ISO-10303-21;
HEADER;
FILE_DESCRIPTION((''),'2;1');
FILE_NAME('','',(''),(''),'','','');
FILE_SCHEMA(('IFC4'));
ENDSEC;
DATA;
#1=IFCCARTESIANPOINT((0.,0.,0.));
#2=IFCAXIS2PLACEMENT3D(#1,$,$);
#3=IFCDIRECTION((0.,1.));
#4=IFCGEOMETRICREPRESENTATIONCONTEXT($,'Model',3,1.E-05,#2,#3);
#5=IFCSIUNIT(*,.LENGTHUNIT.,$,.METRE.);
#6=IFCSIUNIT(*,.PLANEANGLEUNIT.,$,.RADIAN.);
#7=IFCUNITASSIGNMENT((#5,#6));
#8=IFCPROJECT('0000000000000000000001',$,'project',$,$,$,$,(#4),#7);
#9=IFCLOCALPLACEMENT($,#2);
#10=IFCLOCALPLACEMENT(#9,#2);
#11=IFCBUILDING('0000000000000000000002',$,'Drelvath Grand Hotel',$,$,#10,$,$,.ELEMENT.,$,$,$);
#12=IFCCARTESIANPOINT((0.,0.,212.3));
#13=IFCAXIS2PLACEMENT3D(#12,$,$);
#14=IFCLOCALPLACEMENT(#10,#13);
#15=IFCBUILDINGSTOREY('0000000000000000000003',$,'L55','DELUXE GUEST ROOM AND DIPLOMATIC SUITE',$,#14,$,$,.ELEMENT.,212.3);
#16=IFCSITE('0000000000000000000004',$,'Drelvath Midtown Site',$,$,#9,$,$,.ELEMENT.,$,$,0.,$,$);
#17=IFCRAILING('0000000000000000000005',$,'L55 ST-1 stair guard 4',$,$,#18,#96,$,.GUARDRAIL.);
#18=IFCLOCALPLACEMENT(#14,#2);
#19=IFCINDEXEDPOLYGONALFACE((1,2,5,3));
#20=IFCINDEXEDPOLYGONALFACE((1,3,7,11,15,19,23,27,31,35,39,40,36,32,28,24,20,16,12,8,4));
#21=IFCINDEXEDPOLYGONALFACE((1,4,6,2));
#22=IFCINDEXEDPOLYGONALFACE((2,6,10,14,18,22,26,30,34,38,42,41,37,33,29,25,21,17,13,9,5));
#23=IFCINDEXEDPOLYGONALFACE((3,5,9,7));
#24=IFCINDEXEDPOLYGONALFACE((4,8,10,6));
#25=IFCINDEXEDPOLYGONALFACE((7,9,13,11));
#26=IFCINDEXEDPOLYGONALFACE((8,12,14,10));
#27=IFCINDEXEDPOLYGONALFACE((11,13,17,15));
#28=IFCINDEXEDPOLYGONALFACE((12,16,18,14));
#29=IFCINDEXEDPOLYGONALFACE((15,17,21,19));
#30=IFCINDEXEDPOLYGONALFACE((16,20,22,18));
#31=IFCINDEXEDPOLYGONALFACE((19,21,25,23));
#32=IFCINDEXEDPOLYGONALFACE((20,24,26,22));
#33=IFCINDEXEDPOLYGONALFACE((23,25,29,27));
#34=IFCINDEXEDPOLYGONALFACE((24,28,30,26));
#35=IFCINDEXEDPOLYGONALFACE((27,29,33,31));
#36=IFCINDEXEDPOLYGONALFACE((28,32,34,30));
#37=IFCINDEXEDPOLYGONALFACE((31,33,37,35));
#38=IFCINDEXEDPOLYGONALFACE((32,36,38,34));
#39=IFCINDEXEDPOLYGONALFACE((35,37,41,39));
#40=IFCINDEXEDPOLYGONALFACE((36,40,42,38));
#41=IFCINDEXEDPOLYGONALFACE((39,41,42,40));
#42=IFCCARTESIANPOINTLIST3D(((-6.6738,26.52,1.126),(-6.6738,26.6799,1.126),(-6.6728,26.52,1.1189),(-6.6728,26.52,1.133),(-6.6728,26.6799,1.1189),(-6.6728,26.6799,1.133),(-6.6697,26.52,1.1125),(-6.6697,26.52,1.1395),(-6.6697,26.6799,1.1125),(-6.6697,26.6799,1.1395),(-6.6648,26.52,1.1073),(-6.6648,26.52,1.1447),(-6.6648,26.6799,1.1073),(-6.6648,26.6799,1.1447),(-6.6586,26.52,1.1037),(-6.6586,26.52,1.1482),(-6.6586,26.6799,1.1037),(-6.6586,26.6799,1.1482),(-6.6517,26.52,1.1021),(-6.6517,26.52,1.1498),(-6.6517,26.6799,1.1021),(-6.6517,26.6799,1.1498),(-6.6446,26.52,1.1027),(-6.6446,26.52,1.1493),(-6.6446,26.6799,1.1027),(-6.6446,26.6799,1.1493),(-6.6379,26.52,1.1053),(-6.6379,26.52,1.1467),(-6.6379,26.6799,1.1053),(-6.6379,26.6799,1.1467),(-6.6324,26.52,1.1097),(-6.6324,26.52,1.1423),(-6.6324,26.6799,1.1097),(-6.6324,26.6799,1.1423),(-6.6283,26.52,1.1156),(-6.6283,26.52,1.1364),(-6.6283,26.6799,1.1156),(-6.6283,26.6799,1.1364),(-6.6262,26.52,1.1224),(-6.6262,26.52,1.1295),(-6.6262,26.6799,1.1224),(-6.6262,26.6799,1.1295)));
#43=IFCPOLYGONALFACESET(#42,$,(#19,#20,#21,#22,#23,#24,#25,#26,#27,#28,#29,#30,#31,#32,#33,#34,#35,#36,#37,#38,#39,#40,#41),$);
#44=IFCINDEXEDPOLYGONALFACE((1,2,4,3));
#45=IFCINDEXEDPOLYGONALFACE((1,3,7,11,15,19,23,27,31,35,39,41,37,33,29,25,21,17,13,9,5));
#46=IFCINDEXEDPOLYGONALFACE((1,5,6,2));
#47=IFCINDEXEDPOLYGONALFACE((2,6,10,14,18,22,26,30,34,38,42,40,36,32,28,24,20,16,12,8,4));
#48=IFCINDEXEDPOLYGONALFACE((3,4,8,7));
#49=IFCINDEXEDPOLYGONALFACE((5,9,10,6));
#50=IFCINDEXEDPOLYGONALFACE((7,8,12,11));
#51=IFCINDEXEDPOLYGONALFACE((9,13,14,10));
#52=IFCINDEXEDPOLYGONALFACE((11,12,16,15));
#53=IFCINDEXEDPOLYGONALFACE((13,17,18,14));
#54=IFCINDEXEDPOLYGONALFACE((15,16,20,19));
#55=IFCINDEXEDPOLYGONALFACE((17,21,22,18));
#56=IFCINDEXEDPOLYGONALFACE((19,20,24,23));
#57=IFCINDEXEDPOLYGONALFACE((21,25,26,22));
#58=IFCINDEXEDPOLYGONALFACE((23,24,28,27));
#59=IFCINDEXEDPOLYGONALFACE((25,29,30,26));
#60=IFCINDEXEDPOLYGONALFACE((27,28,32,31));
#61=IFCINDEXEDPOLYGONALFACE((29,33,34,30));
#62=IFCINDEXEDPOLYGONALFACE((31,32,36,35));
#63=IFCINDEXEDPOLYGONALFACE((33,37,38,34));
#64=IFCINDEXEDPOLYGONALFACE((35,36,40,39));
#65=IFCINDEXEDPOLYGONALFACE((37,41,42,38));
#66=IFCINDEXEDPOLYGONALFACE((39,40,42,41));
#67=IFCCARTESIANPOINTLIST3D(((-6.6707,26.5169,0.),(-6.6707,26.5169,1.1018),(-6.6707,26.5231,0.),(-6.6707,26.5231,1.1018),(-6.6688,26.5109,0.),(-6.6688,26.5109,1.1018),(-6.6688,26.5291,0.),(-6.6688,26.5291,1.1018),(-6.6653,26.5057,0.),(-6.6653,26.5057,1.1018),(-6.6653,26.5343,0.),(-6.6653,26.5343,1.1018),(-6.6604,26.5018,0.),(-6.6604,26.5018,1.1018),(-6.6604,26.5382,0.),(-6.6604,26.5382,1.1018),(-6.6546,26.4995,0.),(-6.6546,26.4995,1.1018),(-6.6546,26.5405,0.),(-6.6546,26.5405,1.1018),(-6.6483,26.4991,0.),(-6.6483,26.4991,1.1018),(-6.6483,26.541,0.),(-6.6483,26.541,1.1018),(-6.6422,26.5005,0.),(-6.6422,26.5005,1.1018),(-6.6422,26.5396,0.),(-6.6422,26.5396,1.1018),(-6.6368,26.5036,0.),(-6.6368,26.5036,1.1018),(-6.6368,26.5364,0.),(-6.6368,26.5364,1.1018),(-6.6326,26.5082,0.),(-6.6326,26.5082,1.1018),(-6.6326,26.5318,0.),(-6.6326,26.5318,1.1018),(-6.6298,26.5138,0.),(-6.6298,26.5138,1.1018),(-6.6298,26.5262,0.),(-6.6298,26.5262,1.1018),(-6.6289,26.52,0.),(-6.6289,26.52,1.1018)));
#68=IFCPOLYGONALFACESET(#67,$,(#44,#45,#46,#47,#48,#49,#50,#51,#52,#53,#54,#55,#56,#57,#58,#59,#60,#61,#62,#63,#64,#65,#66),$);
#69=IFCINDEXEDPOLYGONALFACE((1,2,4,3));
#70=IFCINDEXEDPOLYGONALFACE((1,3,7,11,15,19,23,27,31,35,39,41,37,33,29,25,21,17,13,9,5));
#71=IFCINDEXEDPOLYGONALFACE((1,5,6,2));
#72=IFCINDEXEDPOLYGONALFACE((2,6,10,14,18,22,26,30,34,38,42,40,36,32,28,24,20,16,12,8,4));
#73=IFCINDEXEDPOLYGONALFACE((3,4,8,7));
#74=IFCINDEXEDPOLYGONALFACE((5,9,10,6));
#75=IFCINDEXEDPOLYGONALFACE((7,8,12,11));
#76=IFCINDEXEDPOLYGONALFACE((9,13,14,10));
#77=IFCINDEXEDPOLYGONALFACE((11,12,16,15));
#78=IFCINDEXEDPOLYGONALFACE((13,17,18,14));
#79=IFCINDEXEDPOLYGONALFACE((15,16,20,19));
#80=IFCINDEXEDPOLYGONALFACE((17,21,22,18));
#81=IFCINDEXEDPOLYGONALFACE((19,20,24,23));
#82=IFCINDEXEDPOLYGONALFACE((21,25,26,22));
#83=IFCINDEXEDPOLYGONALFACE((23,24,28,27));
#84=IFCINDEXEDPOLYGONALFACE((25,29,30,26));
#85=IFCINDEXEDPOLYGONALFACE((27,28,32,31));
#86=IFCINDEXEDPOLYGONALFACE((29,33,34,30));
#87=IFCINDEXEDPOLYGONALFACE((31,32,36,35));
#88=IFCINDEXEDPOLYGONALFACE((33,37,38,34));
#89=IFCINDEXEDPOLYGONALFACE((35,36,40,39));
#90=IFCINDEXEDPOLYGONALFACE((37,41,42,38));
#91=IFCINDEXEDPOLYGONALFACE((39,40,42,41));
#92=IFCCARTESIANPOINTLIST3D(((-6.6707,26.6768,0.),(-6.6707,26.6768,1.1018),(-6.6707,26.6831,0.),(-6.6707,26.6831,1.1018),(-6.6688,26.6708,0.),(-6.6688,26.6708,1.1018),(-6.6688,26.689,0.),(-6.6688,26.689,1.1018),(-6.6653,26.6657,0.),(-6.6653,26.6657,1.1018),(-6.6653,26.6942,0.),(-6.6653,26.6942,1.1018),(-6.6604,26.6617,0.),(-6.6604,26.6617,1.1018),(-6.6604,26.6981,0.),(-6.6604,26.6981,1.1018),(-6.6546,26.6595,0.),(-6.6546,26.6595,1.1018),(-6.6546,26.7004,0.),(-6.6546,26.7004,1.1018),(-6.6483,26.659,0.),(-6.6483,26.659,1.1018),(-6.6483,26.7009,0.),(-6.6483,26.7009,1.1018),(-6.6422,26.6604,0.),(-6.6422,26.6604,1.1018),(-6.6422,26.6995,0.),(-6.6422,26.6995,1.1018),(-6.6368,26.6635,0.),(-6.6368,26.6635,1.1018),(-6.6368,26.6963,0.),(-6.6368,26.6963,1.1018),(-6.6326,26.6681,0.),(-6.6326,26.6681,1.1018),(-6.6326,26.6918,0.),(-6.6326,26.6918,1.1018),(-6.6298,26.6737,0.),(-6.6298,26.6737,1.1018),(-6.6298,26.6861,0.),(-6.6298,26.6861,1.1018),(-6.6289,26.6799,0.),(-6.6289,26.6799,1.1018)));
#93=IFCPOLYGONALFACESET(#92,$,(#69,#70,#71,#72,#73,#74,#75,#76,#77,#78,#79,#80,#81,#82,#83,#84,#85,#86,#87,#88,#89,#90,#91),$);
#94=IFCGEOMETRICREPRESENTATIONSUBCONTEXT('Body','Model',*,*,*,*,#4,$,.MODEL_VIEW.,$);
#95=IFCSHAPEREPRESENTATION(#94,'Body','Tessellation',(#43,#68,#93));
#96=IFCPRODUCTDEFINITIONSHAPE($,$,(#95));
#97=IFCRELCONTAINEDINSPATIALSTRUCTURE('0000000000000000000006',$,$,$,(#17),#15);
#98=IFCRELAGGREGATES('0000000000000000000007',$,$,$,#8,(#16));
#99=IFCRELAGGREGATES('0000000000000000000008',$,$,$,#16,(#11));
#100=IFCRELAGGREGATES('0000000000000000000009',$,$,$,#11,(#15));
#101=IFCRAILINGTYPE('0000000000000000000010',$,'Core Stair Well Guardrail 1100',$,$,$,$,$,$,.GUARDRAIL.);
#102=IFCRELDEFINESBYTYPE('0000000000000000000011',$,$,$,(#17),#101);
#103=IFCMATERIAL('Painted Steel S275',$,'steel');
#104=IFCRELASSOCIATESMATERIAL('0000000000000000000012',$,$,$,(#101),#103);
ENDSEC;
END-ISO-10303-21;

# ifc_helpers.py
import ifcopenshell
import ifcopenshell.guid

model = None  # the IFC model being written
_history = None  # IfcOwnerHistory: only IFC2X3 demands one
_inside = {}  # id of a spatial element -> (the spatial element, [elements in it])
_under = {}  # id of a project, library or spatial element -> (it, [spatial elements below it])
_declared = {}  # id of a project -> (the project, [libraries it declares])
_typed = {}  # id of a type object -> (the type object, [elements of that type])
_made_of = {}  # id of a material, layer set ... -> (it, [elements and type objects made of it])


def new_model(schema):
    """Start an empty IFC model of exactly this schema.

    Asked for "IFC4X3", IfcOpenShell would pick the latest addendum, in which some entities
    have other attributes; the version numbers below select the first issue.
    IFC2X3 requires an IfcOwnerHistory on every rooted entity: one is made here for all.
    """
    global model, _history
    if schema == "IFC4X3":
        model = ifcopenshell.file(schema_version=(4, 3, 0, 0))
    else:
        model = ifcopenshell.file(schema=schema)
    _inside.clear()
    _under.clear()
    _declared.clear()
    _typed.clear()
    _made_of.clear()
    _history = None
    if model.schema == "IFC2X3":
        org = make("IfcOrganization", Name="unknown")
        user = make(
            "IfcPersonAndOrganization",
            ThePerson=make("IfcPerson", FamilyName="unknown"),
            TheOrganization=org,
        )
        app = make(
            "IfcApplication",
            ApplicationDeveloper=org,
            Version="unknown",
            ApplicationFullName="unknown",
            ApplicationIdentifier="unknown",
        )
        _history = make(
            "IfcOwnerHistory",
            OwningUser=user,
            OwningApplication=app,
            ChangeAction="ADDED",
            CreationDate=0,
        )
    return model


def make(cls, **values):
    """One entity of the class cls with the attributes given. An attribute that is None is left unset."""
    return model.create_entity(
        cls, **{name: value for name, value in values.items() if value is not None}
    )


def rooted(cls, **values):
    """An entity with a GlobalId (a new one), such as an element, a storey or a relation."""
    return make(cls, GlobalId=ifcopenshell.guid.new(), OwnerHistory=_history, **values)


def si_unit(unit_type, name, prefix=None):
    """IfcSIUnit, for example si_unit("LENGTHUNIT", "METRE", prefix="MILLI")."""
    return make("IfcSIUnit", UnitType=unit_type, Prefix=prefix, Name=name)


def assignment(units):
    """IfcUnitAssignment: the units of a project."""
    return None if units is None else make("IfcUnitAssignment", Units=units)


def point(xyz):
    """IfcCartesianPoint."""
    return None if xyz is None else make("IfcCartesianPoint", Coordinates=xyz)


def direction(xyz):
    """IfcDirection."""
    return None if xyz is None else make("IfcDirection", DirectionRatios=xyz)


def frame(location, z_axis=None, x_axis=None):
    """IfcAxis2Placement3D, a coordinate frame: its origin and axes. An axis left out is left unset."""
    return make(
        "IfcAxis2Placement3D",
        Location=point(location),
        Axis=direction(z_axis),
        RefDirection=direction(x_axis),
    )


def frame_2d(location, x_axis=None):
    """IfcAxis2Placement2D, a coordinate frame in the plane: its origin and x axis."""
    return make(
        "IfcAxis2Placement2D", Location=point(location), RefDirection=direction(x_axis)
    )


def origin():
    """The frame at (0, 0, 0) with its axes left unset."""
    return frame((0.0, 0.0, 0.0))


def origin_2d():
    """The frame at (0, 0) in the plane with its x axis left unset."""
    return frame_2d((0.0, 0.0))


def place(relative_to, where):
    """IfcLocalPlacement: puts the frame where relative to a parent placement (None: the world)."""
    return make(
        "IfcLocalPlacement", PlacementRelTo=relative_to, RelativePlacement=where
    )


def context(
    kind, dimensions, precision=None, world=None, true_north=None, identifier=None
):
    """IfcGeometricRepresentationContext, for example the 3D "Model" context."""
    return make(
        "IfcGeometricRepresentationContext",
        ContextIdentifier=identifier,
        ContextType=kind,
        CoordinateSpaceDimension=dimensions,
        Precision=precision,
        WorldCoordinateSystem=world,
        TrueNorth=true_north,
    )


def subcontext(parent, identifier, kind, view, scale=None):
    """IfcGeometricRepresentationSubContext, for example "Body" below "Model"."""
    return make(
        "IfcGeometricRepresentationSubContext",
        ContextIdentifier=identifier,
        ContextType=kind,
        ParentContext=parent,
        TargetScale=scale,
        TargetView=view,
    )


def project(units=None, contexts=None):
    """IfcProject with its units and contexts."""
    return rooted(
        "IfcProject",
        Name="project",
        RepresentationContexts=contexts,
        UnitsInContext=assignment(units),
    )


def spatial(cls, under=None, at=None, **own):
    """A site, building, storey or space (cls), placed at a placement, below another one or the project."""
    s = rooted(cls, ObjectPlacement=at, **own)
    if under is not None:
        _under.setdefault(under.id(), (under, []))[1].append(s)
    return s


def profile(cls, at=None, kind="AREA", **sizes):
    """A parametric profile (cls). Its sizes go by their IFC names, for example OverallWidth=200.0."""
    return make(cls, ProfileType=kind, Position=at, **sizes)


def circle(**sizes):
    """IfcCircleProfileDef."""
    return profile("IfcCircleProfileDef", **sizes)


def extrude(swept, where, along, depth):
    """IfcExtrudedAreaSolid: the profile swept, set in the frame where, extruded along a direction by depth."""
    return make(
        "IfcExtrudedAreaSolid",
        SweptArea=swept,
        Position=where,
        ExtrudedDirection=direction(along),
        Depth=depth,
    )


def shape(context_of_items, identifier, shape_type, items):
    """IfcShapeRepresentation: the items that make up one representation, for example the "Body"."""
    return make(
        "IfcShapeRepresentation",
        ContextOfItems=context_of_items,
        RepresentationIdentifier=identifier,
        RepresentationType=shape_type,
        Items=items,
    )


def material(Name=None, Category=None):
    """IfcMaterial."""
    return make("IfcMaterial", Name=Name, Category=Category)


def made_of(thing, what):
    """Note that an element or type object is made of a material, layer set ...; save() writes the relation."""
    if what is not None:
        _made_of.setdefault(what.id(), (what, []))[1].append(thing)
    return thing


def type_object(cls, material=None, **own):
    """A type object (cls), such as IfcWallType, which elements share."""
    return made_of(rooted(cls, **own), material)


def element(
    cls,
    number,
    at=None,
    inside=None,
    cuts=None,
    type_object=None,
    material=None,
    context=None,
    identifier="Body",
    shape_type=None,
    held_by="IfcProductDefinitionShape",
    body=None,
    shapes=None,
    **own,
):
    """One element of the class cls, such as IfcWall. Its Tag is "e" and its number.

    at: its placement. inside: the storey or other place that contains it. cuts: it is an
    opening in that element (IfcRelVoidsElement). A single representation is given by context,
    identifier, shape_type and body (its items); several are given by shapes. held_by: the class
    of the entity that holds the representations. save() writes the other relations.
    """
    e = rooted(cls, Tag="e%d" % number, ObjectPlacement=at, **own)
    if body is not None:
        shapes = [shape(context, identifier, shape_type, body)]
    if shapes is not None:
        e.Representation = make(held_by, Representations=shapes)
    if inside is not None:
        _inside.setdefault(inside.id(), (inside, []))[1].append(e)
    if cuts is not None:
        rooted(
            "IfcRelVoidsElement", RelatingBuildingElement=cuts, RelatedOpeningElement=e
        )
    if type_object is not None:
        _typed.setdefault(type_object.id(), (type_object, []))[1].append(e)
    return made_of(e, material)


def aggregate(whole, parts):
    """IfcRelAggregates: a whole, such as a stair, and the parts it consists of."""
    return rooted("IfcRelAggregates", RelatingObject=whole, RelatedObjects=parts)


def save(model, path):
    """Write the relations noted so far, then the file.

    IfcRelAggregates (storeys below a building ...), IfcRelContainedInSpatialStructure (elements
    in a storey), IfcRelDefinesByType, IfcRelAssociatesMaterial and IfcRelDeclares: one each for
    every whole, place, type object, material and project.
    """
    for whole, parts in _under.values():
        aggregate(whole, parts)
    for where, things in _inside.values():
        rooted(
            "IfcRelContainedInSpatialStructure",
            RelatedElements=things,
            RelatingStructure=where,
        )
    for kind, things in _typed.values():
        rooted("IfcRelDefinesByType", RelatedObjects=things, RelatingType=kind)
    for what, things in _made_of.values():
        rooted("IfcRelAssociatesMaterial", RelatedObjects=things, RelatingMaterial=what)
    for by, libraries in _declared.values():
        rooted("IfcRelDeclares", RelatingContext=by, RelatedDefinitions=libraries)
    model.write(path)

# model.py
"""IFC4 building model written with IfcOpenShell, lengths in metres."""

from ifc_helpers import new_model, si_unit, direction, frame, origin, origin_2d, place, context, subcontext, project, spatial, circle, extrude, material, type_object, element, save


model = new_model("IFC4")

# Units and contexts
model_context = context("Model", 3, precision=1e-05, world=origin(), true_north=direction((0.0, 1.0)))
body_context = subcontext(model_context, "Body", "Model", "MODEL_VIEW")
ifc_project = project(units=[si_unit("LENGTHUNIT", "METRE"), si_unit("PLANEANGLEUNIT", "RADIAN")], contexts=[model_context])

# Site, building, storey
site_placement = place(None, origin())
site = spatial("IfcSite", under=ifc_project, at=site_placement, Name="Drelvath Midtown Site", CompositionType="ELEMENT", RefElevation=0.0)
building_placement = place(site_placement, origin())
building = spatial("IfcBuilding", under=site, at=building_placement, Name="Drelvath Grand Hotel", CompositionType="ELEMENT")
storey_placement = place(building_placement, frame((0.0, 0.0, 212.3)))
storey = spatial("IfcBuildingStorey", under=building, at=storey_placement, Name="L55", Description="DELUXE GUEST ROOM AND DIPLOMATIC SUITE", CompositionType="ELEMENT", Elevation=212.3)

# Shared definitions
ifc_material_1 = material(Name="Painted Steel S275", Category="steel")

# Railing
railing_type_1 = type_object("IfcRailingType", Name="Core Stair Well Guardrail 1100", PredefinedType="GUARDRAIL", material=ifc_material_1)
railing_1_placement = place(storey_placement, frame((-6.6499, 26.52, 0.0)))
element("IfcRailing", 1, at=railing_1_placement, inside=storey, type_object=railing_type_1, Name="L55 ST-1 stair guard 4", PredefinedType="GUARDRAIL", context=body_context, shape_type="SweptSolid", body=[
    extrude(circle(Radius=0.0239, at=origin_2d()), frame((0.0, 0.0, 1.126), z_axis=(0.0, 1.0, 0.0), x_axis=(-1.0, 0.0, 0.0)), (0.0, 0.0, 1.0), 0.1599),
    extrude(circle(Radius=0.021, at=origin_2d()), origin(), (0.0, 0.0, 1.0), 1.1018),
    extrude(circle(Radius=0.021, at=origin_2d()), frame((0.0, 0.1599, 0.0)), (0.0, 0.0, 1.0), 1.1018),
])

save(model, "model.ifc")
